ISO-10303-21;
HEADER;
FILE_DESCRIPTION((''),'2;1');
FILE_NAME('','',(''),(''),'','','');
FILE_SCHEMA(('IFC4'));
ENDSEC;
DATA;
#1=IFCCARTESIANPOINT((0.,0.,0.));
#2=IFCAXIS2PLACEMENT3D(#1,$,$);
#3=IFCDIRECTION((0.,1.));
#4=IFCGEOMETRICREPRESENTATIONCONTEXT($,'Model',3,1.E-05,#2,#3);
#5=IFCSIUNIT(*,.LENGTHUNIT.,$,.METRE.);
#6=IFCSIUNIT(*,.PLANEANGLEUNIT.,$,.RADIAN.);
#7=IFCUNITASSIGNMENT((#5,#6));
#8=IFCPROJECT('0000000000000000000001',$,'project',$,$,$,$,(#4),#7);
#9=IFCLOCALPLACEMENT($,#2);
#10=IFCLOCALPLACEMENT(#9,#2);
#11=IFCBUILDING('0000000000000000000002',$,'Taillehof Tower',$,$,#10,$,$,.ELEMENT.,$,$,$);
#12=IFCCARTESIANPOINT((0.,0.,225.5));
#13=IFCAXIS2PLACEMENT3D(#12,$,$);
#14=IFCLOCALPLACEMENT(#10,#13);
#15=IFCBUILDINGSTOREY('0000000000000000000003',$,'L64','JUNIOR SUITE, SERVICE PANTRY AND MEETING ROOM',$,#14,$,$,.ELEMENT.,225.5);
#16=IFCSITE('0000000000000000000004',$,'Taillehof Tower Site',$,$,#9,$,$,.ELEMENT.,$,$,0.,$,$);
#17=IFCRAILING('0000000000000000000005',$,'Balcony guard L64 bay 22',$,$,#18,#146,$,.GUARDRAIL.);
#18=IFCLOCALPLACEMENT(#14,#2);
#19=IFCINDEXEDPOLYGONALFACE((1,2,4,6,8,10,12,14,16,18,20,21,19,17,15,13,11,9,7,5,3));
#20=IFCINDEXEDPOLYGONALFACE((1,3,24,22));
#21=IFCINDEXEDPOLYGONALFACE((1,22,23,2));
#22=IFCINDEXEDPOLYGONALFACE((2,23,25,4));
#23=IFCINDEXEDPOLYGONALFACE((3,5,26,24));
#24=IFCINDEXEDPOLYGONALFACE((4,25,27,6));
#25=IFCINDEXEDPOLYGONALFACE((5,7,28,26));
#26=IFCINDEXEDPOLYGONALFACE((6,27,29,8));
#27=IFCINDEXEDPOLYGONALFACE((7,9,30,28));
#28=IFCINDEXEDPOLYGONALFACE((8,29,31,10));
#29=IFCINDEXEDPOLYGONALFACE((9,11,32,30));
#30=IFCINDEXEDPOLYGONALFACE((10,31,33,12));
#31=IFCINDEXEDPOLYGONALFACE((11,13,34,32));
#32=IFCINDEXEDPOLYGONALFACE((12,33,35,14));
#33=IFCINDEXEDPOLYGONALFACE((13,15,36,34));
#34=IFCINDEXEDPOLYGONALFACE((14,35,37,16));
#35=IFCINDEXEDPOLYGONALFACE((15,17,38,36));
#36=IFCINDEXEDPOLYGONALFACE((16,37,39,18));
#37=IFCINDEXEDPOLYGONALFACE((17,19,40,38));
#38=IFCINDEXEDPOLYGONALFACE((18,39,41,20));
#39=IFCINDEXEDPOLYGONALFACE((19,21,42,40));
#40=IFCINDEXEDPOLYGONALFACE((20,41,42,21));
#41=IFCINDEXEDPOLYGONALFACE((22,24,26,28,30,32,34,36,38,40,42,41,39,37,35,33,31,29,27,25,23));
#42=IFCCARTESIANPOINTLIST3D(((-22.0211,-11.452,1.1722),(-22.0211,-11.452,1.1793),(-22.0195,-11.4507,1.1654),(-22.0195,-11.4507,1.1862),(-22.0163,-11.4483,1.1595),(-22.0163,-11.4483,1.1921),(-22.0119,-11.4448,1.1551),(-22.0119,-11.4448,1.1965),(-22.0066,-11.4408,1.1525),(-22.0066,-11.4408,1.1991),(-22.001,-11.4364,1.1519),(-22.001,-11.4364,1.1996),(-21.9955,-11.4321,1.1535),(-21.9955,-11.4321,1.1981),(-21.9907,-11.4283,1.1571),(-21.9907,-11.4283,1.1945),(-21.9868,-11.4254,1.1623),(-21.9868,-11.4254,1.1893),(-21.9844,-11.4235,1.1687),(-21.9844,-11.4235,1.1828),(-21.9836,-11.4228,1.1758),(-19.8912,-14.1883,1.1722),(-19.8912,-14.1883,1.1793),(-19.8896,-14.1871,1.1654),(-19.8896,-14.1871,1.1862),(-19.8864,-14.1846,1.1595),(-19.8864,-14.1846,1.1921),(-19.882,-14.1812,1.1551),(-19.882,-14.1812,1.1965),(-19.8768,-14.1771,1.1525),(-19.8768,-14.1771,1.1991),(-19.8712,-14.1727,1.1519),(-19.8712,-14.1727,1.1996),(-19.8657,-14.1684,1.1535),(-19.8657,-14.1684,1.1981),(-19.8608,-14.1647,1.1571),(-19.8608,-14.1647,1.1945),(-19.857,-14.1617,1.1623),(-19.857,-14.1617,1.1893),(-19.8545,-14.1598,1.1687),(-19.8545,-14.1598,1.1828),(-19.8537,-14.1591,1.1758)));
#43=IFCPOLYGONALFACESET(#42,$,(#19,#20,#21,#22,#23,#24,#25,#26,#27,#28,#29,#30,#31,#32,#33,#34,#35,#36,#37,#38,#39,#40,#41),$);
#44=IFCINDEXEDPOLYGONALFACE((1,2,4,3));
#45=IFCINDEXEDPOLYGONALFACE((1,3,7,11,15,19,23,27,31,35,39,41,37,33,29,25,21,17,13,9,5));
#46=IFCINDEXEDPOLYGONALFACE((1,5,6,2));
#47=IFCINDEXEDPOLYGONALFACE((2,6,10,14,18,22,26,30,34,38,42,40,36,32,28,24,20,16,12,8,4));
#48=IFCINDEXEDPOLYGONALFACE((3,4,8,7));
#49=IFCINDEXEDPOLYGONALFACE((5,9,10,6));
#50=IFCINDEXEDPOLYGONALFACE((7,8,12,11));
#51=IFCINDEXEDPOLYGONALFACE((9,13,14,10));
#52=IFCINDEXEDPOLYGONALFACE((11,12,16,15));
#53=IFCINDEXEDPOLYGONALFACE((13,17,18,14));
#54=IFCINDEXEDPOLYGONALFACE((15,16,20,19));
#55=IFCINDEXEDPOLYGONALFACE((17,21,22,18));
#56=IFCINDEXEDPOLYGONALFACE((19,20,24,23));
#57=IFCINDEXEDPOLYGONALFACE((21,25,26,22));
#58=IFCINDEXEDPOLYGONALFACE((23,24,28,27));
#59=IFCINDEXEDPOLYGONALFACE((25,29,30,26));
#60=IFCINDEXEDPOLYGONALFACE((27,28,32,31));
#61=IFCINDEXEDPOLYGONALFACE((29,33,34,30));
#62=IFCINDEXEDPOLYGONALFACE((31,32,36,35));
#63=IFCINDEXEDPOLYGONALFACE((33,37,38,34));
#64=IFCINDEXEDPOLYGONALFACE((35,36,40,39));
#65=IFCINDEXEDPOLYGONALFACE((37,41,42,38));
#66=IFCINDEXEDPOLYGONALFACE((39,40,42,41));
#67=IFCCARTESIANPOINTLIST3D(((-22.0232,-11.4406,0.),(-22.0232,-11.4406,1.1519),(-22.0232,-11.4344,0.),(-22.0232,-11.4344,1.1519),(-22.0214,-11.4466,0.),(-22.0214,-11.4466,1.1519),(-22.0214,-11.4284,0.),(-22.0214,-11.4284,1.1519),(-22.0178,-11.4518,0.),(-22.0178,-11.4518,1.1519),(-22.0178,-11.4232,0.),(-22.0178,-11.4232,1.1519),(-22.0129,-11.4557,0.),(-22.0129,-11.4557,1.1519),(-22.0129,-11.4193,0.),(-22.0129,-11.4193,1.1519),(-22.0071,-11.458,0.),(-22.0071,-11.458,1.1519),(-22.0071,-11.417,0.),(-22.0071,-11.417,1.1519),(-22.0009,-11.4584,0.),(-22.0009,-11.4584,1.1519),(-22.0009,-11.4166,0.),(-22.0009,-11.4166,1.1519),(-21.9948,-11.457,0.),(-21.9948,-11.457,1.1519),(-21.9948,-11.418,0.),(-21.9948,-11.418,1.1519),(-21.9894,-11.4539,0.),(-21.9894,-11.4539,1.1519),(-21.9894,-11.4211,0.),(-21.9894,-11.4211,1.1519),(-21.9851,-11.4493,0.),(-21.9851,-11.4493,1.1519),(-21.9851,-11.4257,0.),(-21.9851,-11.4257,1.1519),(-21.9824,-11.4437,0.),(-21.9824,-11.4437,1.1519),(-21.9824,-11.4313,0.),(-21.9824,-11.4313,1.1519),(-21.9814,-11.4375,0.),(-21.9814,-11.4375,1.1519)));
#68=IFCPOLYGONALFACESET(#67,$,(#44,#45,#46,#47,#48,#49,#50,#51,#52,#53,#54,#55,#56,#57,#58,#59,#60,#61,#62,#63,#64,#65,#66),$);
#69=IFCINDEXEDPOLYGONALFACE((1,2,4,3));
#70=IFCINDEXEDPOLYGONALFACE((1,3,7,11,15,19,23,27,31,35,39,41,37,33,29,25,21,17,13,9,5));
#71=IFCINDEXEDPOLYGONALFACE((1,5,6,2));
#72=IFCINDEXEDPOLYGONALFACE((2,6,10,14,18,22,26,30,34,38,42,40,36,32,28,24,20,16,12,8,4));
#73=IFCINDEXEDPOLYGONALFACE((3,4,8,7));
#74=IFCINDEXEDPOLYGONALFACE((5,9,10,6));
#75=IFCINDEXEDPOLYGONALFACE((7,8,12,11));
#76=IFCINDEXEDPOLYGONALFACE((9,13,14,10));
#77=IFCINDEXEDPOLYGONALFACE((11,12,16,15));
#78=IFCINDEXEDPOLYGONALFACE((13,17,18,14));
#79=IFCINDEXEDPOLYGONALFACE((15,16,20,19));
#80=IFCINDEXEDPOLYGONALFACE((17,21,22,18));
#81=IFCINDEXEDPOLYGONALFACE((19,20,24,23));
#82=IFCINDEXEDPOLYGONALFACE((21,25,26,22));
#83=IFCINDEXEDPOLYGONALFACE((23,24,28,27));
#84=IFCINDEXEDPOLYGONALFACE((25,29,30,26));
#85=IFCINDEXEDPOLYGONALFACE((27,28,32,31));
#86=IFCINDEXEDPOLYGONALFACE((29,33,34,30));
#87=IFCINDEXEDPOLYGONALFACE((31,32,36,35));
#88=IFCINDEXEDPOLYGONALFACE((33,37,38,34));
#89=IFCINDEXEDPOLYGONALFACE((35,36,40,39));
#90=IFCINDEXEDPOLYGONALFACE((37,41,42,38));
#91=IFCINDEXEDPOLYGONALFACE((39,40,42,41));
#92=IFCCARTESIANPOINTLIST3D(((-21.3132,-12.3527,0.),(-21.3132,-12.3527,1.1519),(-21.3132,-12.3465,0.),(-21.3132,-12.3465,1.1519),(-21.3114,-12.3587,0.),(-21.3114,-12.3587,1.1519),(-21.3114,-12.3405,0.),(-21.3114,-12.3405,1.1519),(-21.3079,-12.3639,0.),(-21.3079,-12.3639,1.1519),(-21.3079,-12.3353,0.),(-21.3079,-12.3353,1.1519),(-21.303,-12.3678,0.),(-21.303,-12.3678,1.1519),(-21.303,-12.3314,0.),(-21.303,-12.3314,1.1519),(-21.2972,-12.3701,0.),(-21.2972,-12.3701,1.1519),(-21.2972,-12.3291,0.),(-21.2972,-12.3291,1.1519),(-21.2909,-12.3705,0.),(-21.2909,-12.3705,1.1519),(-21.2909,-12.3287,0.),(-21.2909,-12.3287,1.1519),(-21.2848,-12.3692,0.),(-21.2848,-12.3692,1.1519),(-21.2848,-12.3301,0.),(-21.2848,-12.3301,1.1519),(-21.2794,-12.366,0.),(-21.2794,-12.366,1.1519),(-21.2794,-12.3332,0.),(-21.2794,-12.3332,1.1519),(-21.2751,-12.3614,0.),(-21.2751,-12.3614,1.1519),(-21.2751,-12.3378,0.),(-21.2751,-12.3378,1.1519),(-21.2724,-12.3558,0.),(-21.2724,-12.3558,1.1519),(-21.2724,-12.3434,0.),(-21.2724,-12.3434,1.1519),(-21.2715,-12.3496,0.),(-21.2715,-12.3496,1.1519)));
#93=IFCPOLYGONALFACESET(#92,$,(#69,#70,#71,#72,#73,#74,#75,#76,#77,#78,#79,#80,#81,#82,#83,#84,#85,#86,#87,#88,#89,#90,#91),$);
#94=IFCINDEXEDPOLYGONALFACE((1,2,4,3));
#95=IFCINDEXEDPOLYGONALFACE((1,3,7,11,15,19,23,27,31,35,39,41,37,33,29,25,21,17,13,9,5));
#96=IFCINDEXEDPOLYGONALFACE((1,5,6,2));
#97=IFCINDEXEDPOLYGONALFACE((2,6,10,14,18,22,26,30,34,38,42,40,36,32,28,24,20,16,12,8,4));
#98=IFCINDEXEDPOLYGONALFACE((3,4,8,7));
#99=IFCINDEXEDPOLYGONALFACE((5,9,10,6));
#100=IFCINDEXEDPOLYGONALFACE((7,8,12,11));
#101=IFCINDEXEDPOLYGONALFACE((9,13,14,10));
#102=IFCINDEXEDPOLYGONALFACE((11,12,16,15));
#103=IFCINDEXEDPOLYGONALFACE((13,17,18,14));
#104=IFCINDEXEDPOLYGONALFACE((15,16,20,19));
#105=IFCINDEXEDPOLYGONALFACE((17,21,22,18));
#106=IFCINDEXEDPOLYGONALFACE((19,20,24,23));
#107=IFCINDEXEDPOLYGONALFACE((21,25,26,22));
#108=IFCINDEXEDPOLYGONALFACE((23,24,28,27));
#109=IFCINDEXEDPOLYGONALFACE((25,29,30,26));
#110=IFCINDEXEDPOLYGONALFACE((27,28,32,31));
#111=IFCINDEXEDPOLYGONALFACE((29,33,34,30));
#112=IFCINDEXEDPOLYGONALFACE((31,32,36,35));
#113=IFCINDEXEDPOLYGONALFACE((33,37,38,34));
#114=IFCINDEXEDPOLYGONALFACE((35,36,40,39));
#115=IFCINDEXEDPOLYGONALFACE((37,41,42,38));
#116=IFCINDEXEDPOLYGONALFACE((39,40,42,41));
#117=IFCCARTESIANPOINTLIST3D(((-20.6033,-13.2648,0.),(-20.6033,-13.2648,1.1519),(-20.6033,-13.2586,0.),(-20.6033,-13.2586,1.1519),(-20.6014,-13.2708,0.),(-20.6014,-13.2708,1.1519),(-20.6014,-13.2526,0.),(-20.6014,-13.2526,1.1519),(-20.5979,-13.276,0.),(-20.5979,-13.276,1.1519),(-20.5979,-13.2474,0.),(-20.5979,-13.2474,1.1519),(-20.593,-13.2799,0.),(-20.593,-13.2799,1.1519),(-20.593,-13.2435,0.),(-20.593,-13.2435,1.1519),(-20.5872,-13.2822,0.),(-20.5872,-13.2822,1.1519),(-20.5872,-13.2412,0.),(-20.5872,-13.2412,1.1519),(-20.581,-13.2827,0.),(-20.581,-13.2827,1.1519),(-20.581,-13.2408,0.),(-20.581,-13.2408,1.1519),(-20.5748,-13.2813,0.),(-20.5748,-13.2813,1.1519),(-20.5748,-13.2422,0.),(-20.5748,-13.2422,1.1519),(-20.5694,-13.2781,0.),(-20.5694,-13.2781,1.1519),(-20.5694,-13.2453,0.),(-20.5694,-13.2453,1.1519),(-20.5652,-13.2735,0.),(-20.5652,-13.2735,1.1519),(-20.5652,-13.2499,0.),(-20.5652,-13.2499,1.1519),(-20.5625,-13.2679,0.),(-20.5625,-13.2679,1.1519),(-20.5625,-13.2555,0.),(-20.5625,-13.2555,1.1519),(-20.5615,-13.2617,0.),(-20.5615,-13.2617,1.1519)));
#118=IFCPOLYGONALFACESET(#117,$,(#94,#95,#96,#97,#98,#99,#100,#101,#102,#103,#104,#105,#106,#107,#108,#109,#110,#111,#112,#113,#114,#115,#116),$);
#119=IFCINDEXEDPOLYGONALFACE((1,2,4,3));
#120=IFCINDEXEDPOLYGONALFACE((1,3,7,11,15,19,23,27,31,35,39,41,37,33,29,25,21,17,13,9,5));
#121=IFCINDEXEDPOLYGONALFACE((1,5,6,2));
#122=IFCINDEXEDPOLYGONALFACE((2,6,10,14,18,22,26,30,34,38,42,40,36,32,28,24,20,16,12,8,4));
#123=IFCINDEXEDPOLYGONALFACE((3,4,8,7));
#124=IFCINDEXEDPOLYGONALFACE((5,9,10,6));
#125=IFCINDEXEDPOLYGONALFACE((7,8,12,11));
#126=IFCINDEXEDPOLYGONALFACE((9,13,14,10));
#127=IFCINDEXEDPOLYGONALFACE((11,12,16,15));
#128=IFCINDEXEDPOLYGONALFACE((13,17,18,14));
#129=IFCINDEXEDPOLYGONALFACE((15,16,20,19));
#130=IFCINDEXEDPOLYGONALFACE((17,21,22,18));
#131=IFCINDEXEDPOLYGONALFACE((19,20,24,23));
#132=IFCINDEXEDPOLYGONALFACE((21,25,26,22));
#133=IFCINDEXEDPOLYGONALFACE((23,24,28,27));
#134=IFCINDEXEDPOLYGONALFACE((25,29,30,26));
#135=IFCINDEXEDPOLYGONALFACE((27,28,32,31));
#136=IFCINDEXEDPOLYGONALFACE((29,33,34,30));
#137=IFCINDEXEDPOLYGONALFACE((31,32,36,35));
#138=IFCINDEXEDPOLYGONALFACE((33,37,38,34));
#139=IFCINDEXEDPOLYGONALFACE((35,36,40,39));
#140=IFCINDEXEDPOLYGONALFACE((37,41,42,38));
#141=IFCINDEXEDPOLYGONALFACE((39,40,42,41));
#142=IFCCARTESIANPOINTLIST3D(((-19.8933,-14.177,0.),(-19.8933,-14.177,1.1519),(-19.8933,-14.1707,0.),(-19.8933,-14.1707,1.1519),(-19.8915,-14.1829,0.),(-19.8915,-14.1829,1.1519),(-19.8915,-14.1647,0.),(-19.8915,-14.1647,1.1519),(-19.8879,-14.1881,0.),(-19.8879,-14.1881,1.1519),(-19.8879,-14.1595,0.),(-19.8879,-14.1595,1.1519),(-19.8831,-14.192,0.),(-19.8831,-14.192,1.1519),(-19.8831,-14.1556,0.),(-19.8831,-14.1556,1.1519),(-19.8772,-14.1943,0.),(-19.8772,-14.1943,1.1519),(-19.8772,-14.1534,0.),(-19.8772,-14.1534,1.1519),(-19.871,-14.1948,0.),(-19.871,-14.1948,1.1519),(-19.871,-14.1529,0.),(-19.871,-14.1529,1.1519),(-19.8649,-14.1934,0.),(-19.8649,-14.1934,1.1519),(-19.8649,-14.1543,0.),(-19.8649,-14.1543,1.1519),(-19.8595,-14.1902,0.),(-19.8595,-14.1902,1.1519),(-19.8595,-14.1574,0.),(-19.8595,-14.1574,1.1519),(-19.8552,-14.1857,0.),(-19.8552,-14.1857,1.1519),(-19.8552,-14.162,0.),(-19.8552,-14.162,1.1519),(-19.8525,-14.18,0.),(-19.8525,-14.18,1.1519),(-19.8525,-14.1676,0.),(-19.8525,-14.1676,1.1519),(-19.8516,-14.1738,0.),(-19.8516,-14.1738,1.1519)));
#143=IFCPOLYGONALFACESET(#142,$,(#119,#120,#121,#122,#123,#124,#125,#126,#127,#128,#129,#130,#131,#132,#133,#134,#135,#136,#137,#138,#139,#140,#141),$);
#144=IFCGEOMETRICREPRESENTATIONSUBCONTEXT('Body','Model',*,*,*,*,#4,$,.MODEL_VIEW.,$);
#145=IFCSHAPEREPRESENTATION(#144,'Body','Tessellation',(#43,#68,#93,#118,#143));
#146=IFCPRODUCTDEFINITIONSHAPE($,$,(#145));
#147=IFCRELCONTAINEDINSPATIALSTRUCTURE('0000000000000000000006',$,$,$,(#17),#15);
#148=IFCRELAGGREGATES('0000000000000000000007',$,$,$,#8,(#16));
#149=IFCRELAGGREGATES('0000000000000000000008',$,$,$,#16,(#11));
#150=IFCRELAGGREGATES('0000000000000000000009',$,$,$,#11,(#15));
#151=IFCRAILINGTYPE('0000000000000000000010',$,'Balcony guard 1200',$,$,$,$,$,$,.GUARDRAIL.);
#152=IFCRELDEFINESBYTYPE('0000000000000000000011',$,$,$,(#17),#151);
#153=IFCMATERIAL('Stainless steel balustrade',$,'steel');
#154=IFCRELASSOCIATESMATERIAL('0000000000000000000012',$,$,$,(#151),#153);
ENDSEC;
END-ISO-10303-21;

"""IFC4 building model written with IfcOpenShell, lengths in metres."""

from ifc_helpers import new_model, si_unit, direction, frame, origin, origin_2d, place, context, subcontext, project, spatial, circle, extrude, material, type_object, element, save


model = new_model("IFC4")

# Units and contexts
model_context = context("Model", 3, precision=1e-05, world=origin(), true_north=direction((0.0, 1.0)))
body_context = subcontext(model_context, "Body", "Model", "MODEL_VIEW")
ifc_project = project(units=[si_unit("LENGTHUNIT", "METRE"), si_unit("PLANEANGLEUNIT", "RADIAN")], contexts=[model_context])

# Site, building, storey
site_placement = place(None, origin())
site = spatial("IfcSite", under=ifc_project, at=site_placement, Name="Taillehof Tower Site", CompositionType="ELEMENT", RefElevation=0.0)
building_placement = place(site_placement, origin())
building = spatial("IfcBuilding", under=site, at=building_placement, Name="Taillehof Tower", CompositionType="ELEMENT")
storey_placement = place(building_placement, frame((0.0, 0.0, 225.5)))
storey = spatial("IfcBuildingStorey", under=building, at=storey_placement, Name="L64", Description="JUNIOR SUITE, SERVICE PANTRY AND MEETING ROOM", CompositionType="ELEMENT", Elevation=225.5)

# Railing
ifc_material_1 = material(Name="Stainless steel balustrade", Category="steel")
railing_type = type_object("IfcRailingType", Name="Balcony guard 1200", PredefinedType="GUARDRAIL", material=ifc_material_1)
railing_1_placement = place(storey_placement, frame((-22.0024, -11.4375, 0.0)))
element("IfcRailing", 1, at=railing_1_placement, inside=storey, type_object=railing_type, Name="Balcony guard L64 bay 22", PredefinedType="GUARDRAIL", context=body_context, shape_type="SweptSolid", body=[
    extrude(circle(Radius=0.0239, at=origin_2d()), frame((0.0, 0.0, 1.1758), z_axis=(0.614233, -0.789125, 0.0), x_axis=(0.789125, 0.614233, 0.0)), (0.0, 0.0, 1.0), 3.4675),
    extrude(circle(Radius=0.021, at=origin_2d()), origin(), (0.0, 0.0, 1.0), 1.1519),
    extrude(circle(Radius=0.021, at=origin_2d()), frame((0.71, -0.9121, 0.0)), (0.0, 0.0, 1.0), 1.1519),
    extrude(circle(Radius=0.021, at=origin_2d()), frame((1.4199, -1.8242, 0.0)), (0.0, 0.0, 1.0), 1.1519),
    extrude(circle(Radius=0.021, at=origin_2d()), frame((2.1299, -2.7363, 0.0)), (0.0, 0.0, 1.0), 1.1519),
])

save(model, "model.ifc")
